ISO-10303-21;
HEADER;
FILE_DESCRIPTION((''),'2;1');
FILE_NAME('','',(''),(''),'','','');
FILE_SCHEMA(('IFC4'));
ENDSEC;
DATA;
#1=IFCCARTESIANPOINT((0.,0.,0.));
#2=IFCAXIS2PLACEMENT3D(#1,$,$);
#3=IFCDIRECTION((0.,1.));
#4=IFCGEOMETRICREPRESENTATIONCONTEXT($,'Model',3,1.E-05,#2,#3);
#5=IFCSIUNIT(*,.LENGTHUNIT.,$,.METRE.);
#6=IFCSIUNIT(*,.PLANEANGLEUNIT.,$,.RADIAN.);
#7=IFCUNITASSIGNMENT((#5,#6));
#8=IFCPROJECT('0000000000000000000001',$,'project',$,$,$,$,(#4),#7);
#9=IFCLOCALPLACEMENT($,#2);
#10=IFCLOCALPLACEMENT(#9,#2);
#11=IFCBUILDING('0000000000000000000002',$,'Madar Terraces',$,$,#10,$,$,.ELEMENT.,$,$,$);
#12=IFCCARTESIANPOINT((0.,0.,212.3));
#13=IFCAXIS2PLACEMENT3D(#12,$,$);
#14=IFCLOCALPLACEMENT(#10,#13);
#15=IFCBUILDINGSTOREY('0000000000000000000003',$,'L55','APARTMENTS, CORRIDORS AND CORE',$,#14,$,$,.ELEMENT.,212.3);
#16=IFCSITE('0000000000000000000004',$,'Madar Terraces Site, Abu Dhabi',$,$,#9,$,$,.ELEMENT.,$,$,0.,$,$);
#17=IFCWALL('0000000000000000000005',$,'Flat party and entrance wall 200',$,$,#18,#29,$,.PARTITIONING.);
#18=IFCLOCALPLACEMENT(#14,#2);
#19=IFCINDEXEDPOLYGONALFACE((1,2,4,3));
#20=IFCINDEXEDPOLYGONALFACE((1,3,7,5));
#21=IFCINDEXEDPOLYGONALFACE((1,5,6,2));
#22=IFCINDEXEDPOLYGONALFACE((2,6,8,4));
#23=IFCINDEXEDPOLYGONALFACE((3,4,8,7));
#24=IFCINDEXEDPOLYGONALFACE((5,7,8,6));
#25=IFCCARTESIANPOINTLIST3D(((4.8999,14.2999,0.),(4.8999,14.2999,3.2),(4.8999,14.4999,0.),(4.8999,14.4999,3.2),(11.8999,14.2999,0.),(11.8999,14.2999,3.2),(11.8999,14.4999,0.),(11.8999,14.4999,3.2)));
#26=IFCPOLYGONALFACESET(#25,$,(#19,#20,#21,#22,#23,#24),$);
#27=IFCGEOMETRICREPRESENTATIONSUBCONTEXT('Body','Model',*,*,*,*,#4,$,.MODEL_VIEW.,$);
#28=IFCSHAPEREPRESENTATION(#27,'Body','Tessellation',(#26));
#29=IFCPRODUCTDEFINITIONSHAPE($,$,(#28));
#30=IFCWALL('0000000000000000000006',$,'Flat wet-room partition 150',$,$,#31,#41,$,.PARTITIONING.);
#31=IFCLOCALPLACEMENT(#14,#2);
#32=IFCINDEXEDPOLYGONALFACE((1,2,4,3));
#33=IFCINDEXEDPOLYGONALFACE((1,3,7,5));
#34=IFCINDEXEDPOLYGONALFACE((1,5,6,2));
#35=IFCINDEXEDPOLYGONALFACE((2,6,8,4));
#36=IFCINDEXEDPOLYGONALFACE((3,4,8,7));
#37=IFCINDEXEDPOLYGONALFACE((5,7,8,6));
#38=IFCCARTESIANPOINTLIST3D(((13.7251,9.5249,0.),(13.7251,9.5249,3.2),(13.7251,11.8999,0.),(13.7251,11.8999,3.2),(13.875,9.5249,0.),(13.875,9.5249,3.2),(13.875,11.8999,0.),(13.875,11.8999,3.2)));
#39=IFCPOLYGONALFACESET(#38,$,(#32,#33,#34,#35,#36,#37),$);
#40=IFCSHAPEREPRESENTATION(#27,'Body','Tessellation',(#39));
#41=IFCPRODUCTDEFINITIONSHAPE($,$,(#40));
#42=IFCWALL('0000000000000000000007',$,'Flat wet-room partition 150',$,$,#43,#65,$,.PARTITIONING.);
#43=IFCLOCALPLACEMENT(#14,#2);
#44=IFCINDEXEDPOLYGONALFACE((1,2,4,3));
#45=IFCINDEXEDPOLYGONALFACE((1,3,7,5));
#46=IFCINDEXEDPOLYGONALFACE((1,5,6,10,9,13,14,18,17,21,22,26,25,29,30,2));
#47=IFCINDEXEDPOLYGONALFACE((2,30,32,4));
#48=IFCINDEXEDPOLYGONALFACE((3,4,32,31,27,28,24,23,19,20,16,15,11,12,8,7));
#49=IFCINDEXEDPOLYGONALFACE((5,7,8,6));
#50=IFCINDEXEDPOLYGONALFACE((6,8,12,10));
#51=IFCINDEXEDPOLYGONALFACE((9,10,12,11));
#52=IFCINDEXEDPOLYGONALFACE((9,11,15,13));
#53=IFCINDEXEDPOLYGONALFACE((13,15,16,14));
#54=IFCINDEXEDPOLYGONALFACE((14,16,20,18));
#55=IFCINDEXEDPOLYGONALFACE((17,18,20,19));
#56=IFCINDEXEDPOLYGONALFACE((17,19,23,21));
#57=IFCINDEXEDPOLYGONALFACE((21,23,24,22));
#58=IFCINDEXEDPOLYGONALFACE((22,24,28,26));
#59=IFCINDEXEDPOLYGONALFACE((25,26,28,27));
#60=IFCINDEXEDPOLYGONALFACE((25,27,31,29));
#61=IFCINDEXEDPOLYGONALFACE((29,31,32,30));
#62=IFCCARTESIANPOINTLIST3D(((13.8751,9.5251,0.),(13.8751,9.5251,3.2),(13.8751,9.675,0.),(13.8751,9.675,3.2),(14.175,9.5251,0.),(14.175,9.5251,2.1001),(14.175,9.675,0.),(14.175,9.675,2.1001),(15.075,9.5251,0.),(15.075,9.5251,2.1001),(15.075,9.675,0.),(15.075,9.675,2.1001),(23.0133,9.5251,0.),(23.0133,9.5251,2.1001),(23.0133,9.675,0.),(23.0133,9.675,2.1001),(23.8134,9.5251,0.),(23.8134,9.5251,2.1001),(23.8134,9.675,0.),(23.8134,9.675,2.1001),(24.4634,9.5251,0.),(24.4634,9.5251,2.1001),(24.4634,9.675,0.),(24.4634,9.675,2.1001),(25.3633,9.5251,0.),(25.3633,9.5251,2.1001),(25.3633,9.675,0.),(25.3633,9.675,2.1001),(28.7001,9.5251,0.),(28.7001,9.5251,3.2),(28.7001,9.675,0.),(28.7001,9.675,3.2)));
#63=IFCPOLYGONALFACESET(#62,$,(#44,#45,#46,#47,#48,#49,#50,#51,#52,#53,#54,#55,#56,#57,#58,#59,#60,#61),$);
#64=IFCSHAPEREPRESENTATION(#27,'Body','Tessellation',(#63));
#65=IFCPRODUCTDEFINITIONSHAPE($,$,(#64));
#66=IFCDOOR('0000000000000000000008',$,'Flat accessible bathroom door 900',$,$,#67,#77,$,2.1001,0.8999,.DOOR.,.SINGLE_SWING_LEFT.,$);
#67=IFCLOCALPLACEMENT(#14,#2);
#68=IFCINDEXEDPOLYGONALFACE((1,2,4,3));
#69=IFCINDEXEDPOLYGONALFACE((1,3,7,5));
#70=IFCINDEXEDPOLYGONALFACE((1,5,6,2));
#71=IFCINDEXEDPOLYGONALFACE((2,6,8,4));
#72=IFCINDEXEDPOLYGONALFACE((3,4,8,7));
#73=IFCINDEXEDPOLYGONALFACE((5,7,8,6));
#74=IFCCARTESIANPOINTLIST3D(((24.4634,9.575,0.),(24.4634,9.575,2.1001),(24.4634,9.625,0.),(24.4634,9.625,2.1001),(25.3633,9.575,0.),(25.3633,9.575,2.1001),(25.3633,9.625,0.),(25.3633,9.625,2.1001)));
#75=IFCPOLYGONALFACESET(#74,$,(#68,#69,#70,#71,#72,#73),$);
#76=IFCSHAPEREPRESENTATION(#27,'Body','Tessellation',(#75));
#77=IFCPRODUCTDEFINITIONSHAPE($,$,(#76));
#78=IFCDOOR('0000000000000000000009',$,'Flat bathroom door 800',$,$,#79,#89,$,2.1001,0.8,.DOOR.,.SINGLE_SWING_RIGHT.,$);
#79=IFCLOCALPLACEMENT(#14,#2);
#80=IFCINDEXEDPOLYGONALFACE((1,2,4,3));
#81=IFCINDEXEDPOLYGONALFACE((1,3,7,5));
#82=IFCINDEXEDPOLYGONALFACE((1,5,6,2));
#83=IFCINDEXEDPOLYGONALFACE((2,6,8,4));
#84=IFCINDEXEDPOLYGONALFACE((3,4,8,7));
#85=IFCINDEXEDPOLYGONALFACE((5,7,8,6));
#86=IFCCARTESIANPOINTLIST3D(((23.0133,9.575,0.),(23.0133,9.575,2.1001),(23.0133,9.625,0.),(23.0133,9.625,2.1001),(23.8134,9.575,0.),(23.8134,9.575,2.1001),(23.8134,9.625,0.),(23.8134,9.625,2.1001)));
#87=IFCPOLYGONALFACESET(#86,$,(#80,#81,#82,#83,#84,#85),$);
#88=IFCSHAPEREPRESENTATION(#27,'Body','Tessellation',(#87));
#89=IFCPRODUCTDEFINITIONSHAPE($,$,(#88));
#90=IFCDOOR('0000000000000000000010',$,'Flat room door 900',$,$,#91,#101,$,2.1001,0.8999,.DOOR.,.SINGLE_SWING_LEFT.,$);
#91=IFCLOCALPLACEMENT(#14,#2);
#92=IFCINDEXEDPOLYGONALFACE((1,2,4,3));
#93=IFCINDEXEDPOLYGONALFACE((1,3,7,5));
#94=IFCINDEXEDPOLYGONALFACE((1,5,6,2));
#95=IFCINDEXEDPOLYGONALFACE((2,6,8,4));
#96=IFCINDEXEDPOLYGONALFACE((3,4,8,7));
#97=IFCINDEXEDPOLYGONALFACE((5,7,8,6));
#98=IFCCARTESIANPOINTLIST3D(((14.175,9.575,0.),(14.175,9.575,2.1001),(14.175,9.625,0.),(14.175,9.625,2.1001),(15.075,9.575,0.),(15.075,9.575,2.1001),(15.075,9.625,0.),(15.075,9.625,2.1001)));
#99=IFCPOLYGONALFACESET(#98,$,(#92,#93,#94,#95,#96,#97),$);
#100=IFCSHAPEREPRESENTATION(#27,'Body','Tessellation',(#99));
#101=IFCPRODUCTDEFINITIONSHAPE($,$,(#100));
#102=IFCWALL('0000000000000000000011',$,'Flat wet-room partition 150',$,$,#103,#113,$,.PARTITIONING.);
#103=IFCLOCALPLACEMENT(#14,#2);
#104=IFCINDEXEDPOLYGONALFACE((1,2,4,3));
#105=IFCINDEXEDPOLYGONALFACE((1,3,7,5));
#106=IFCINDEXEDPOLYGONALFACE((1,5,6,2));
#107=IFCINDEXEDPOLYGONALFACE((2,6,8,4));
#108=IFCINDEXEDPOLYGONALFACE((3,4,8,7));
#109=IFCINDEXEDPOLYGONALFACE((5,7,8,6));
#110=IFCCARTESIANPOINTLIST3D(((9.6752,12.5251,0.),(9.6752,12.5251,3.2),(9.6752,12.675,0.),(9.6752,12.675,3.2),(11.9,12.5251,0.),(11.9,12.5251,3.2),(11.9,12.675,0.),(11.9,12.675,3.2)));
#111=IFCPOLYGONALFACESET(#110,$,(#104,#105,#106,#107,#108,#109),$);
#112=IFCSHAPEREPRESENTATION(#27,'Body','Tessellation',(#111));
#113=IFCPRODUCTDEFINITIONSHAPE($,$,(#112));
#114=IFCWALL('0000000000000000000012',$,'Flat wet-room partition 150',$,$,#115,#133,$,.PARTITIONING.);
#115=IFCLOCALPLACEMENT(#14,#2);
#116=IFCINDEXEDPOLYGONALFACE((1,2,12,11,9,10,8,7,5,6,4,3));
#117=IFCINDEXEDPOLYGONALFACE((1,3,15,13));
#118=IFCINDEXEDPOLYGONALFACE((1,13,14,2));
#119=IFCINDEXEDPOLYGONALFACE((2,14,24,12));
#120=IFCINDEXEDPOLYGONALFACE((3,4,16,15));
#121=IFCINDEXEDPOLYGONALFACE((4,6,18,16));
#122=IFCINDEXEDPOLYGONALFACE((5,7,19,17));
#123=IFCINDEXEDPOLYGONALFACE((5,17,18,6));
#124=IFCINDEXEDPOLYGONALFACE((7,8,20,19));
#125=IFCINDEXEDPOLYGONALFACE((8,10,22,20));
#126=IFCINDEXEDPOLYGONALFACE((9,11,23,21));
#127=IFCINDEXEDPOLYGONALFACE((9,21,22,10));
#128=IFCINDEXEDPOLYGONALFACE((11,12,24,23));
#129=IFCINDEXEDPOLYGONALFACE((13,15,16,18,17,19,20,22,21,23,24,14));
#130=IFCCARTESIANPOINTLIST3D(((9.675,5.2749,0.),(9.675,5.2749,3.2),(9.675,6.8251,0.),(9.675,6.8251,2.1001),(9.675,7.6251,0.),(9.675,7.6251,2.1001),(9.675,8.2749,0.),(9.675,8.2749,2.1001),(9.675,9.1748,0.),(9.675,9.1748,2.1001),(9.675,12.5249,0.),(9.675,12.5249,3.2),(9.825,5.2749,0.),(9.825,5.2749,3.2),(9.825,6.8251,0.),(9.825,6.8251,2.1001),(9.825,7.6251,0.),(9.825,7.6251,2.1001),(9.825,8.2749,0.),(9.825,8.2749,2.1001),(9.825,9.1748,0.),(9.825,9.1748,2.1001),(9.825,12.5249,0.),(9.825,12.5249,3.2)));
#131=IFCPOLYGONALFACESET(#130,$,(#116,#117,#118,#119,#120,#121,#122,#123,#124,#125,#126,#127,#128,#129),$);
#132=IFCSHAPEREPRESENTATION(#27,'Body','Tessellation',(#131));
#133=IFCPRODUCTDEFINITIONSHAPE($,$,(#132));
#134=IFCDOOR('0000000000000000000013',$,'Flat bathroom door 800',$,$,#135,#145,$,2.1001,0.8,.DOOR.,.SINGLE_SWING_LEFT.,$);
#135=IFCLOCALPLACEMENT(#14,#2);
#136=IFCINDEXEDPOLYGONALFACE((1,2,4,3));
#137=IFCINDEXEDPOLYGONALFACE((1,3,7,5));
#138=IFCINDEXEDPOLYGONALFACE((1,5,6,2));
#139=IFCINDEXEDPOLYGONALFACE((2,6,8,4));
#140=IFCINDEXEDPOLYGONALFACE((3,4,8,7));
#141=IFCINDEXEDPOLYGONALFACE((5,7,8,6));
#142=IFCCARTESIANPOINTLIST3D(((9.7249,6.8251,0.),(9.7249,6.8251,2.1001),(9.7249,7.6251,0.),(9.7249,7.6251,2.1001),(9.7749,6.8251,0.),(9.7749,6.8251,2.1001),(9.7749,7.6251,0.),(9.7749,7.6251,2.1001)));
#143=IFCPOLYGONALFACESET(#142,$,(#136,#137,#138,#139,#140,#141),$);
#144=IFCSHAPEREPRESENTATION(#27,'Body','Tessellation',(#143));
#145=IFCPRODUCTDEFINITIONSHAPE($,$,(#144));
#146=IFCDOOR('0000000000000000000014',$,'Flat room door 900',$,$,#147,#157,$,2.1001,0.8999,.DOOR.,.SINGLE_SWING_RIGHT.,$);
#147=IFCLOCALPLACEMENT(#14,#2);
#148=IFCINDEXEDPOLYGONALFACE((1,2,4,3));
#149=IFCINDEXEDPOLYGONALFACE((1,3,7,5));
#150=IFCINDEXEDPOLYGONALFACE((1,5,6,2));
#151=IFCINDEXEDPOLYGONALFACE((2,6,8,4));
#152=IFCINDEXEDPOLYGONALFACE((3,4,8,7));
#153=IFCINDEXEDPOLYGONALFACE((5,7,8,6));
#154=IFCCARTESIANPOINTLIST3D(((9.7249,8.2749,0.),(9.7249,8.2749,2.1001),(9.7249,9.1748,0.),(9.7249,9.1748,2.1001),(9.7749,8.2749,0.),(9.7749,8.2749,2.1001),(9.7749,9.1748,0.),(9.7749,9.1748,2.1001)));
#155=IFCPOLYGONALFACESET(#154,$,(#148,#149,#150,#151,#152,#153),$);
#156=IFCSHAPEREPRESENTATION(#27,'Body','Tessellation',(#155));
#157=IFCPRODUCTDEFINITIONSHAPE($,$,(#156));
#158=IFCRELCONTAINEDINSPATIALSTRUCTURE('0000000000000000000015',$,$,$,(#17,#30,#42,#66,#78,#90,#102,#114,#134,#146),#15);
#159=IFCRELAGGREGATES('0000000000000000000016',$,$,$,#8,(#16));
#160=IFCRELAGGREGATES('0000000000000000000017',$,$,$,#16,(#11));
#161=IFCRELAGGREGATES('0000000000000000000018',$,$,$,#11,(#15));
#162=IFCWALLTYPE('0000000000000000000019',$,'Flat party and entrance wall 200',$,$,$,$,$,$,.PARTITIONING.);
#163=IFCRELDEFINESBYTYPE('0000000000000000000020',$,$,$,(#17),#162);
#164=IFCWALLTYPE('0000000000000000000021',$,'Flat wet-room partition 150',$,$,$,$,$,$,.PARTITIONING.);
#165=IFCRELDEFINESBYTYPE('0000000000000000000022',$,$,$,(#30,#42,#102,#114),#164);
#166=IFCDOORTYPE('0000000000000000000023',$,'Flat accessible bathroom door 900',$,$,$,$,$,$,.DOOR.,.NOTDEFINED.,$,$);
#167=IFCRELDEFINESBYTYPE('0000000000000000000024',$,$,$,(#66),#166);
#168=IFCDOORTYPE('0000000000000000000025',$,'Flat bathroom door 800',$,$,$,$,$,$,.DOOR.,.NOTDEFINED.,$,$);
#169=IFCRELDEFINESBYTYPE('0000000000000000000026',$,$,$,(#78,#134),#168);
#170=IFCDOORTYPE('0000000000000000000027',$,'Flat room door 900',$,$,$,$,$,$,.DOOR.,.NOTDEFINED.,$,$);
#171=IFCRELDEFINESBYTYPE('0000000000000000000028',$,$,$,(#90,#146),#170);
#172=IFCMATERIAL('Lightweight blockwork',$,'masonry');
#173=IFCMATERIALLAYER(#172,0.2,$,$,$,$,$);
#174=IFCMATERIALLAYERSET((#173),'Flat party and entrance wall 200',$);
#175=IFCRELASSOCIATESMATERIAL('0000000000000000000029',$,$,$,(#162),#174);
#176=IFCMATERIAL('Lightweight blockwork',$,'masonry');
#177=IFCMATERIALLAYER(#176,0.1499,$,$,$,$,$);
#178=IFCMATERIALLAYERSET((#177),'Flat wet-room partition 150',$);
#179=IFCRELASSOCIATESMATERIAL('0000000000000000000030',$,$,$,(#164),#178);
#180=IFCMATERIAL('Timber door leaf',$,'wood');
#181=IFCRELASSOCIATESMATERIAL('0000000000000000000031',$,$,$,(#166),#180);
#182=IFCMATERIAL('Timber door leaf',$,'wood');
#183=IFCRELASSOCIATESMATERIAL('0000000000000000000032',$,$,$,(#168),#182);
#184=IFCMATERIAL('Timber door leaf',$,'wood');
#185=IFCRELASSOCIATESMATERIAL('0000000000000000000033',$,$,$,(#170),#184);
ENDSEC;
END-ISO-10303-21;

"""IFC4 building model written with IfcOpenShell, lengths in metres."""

from ifc_helpers import new_model, si_unit, direction, frame, frame_2d, origin, place, context, subcontext, project, spatial, rectangle, extrude, material, layer, layer_set, type_object, element, fill, save


model = new_model("IFC4")

# Units and contexts
model_context = context("Model", 3, precision=1e-05, world=origin(), true_north=direction((0.0, 1.0)))
body_context = subcontext(model_context, "Body", "Model", "MODEL_VIEW")
ifc_project = project(units=[si_unit("LENGTHUNIT", "METRE"), si_unit("PLANEANGLEUNIT", "RADIAN")], contexts=[model_context])

# Site, building, storey
site_placement = place(None, origin())
site = spatial("IfcSite", under=ifc_project, at=site_placement, Name="Madar Terraces Site, Abu Dhabi", CompositionType="ELEMENT", RefElevation=0.0)
building_placement = place(site_placement, origin())
building = spatial("IfcBuilding", under=site, at=building_placement, Name="Madar Terraces", CompositionType="ELEMENT")
storey_placement = place(building_placement, frame((0.0, 0.0, 212.3)))
storey = spatial("IfcBuildingStorey", under=building, at=storey_placement, Name="L55", Description="APARTMENTS, CORRIDORS AND CORE", CompositionType="ELEMENT", Elevation=212.3)

# Shared definitions
ifc_material_1 = material(Name="Lightweight blockwork", Category="masonry")
ifc_layer_1 = layer(ifc_material_1, 0.2)
ifc_layer_set_1 = layer_set([ifc_layer_1], Name="Flat party and entrance wall 200")
wall_type_1 = type_object("IfcWallType", Name="Flat party and entrance wall 200", PredefinedType="PARTITIONING", material=ifc_layer_set_1)

# Walls
wall_1_placement = place(storey_placement, frame((4.8999, 14.3999, 0.0), z_axis=(0.0, 0.0, 1.0), x_axis=(1.0, 0.0, 0.0)))
element("IfcWall", 1, at=wall_1_placement, inside=storey, type_object=wall_type_1, Name="Flat party and entrance wall 200", PredefinedType="PARTITIONING", context=body_context, shape_type="SweptSolid", body=[
    extrude(rectangle(XDim=7.0, YDim=0.2, at=frame_2d((3.5, 0.0))), origin(), (0.0, 0.0, 1.0), 3.2),
])
ifc_material_2 = material(Name="Lightweight blockwork", Category="masonry")
ifc_layer_2 = layer(ifc_material_2, 0.1499)
ifc_layer_set_2 = layer_set([ifc_layer_2], Name="Flat wet-room partition 150")
wall_type_2 = type_object("IfcWallType", Name="Flat wet-room partition 150", PredefinedType="PARTITIONING", material=ifc_layer_set_2)
wall_2_placement = place(storey_placement, frame((13.8, 11.8999, 0.0), z_axis=(0.0, 0.0, 1.0), x_axis=(0.0, -1.0, 0.0)))
element("IfcWall", 2, at=wall_2_placement, inside=storey, type_object=wall_type_2, Name="Flat wet-room partition 150", PredefinedType="PARTITIONING", context=body_context, shape_type="SweptSolid", body=[
    extrude(rectangle(XDim=2.375, YDim=0.1499, at=frame_2d((1.1875, 0.0))), origin(), (0.0, 0.0, 1.0), 3.2),
])

# Wall, openings, doors
wall_3_placement = place(storey_placement, frame((13.875, 9.6001, 0.0), z_axis=(0.0, 0.0, 1.0), x_axis=(1.0, 0.0, 0.0)))
wall_3 = element("IfcWall", 3, at=wall_3_placement, inside=storey, type_object=wall_type_2, Name="Flat wet-room partition 150", PredefinedType="PARTITIONING", context=body_context, shape_type="SweptSolid", body=[
    extrude(rectangle(XDim=14.825, YDim=0.1499, at=frame_2d((7.4126, 0.0))), origin(), (0.0, 0.0, 1.0), 3.2),
])
opening_1_placement = place(wall_3_placement, frame((0.3, 0.0, 0.0)))
opening_1 = element("IfcOpeningElement", 4, at=opening_1_placement, cuts=wall_3, PredefinedType="OPENING", context=body_context, shape_type="SweptSolid", body=[
    extrude(rectangle(XDim=0.8999, YDim=2.1001, at=frame_2d((0.45, 1.05))), frame((0.0, 0.085, 0.0), z_axis=(0.0, -1.0, 0.0), x_axis=(1.0, 0.0, 0.0)), (0.0, 0.0, 1.0), 0.1699),
])
opening_2_placement = place(wall_3_placement, frame((9.1384, 0.0, 0.0)))
opening_2 = element("IfcOpeningElement", 5, at=opening_2_placement, cuts=wall_3, PredefinedType="OPENING", context=body_context, shape_type="SweptSolid", body=[
    extrude(rectangle(XDim=0.8, YDim=2.1001, at=frame_2d((0.3999, 1.05))), frame((0.0, 0.085, 0.0), z_axis=(0.0, -1.0, 0.0), x_axis=(1.0, 0.0, 0.0)), (0.0, 0.0, 1.0), 0.1699),
])
opening_3_placement = place(wall_3_placement, frame((10.5884, 0.0, 0.0)))
opening_3 = element("IfcOpeningElement", 6, at=opening_3_placement, cuts=wall_3, PredefinedType="OPENING", context=body_context, shape_type="SweptSolid", body=[
    extrude(rectangle(XDim=0.8999, YDim=2.1001, at=frame_2d((0.45, 1.05))), frame((0.0, 0.085, 0.0), z_axis=(0.0, -1.0, 0.0), x_axis=(1.0, 0.0, 0.0)), (0.0, 0.0, 1.0), 0.1699),
])
ifc_material_3 = material(Name="Timber door leaf", Category="wood")
door_type_1 = type_object("IfcDoorType", Name="Flat accessible bathroom door 900", OperationType="NOTDEFINED", PredefinedType="DOOR", material=ifc_material_3)
door_1_placement = place(opening_3_placement, origin())
door_1 = element("IfcDoor", 7, at=door_1_placement, inside=storey, type_object=door_type_1, Name="Flat accessible bathroom door 900", OperationType="SINGLE_SWING_LEFT", OverallHeight=2.1001, OverallWidth=0.8999, PredefinedType="DOOR", context=body_context, shape_type="SweptSolid", body=[
    extrude(rectangle(XDim=0.8999, YDim=2.1001, at=frame_2d((0.45, 1.05))), frame((0.0, 0.0249, 0.0), z_axis=(0.0, -1.0, 0.0), x_axis=(1.0, 0.0, 0.0)), (0.0, 0.0, 1.0), 0.05),
])
fill(opening_3, door_1)
ifc_material_4 = material(Name="Timber door leaf", Category="wood")
door_type_2 = type_object("IfcDoorType", Name="Flat bathroom door 800", OperationType="NOTDEFINED", PredefinedType="DOOR", material=ifc_material_4)
door_2_placement = place(opening_2_placement, origin())
door_2 = element("IfcDoor", 8, at=door_2_placement, inside=storey, type_object=door_type_2, Name="Flat bathroom door 800", OperationType="SINGLE_SWING_RIGHT", OverallHeight=2.1001, OverallWidth=0.8, PredefinedType="DOOR", context=body_context, shape_type="SweptSolid", body=[
    extrude(rectangle(XDim=0.8, YDim=2.1001, at=frame_2d((0.3999, 1.05))), frame((0.0, 0.0249, 0.0), z_axis=(0.0, -1.0, 0.0), x_axis=(1.0, 0.0, 0.0)), (0.0, 0.0, 1.0), 0.05),
])
fill(opening_2, door_2)
ifc_material_5 = material(Name="Timber door leaf", Category="wood")
door_type_3 = type_object("IfcDoorType", Name="Flat room door 900", OperationType="NOTDEFINED", PredefinedType="DOOR", material=ifc_material_5)
door_3_placement = place(opening_1_placement, origin())
door_3 = element("IfcDoor", 9, at=door_3_placement, inside=storey, type_object=door_type_3, Name="Flat room door 900", OperationType="SINGLE_SWING_LEFT", OverallHeight=2.1001, OverallWidth=0.8999, PredefinedType="DOOR", context=body_context, shape_type="SweptSolid", body=[
    extrude(rectangle(XDim=0.8999, YDim=2.1001, at=frame_2d((0.45, 1.05))), frame((0.0, 0.0249, 0.0), z_axis=(0.0, -1.0, 0.0), x_axis=(1.0, 0.0, 0.0)), (0.0, 0.0, 1.0), 0.05),
])
fill(opening_1, door_3)

# Wall
wall_4_placement = place(storey_placement, frame((11.8999, 12.6001, 0.0), z_axis=(0.0, 0.0, 1.0), x_axis=(-1.0, 0.0, 0.0)))
element("IfcWall", 10, at=wall_4_placement, inside=storey, type_object=wall_type_2, Name="Flat wet-room partition 150", PredefinedType="PARTITIONING", context=body_context, shape_type="SweptSolid", body=[
    extrude(rectangle(XDim=2.2249, YDim=0.1499, at=frame_2d((1.1123, 0.0))), origin(), (0.0, 0.0, 1.0), 3.2),
])

# Wall, openings, doors
wall_5_placement = place(storey_placement, frame((9.75, 12.5249, 0.0), z_axis=(0.0, 0.0, 1.0), x_axis=(0.0, -1.0, 0.0)))
wall_5 = element("IfcWall", 11, at=wall_5_placement, inside=storey, type_object=wall_type_2, Name="Flat wet-room partition 150", PredefinedType="PARTITIONING", context=body_context, shape_type="SweptSolid", body=[
    extrude(rectangle(XDim=7.25, YDim=0.1499, at=frame_2d((3.625, 0.0))), origin(), (0.0, 0.0, 1.0), 3.2),
])
opening_4_placement = place(wall_5_placement, frame((3.3501, 0.0, 0.0)))
opening_4 = element("IfcOpeningElement", 12, at=opening_4_placement, cuts=wall_5, PredefinedType="OPENING", context=body_context, shape_type="SweptSolid", body=[
    extrude(rectangle(XDim=0.8999, YDim=2.1001, at=frame_2d((0.45, 1.05))), frame((0.0, 0.085, 0.0), z_axis=(0.0, -1.0, 0.0), x_axis=(1.0, 0.0, 0.0)), (0.0, 0.0, 1.0), 0.1699),
])
opening_5_placement = place(wall_5_placement, frame((4.8999, 0.0, 0.0)))
opening_5 = element("IfcOpeningElement", 13, at=opening_5_placement, cuts=wall_5, PredefinedType="OPENING", context=body_context, shape_type="SweptSolid", body=[
    extrude(rectangle(XDim=0.8, YDim=2.1001, at=frame_2d((0.3999, 1.05))), frame((0.0, 0.085, 0.0), z_axis=(0.0, -1.0, 0.0), x_axis=(1.0, 0.0, 0.0)), (0.0, 0.0, 1.0), 0.1699),
])
door_4_placement = place(opening_5_placement, origin())
door_4 = element("IfcDoor", 14, at=door_4_placement, inside=storey, type_object=door_type_2, Name="Flat bathroom door 800", OperationType="SINGLE_SWING_LEFT", OverallHeight=2.1001, OverallWidth=0.8, PredefinedType="DOOR", context=body_context, shape_type="SweptSolid", body=[
    extrude(rectangle(XDim=0.8, YDim=2.1001, at=frame_2d((0.3999, 1.05))), frame((0.0, 0.0249, 0.0), z_axis=(0.0, -1.0, 0.0), x_axis=(1.0, 0.0, 0.0)), (0.0, 0.0, 1.0), 0.05),
])
fill(opening_5, door_4)
door_5_placement = place(opening_4_placement, origin())
door_5 = element("IfcDoor", 15, at=door_5_placement, inside=storey, type_object=door_type_3, Name="Flat room door 900", OperationType="SINGLE_SWING_RIGHT", OverallHeight=2.1001, OverallWidth=0.8999, PredefinedType="DOOR", context=body_context, shape_type="SweptSolid", body=[
    extrude(rectangle(XDim=0.8999, YDim=2.1001, at=frame_2d((0.45, 1.05))), frame((0.0, 0.0249, 0.0), z_axis=(0.0, -1.0, 0.0), x_axis=(1.0, 0.0, 0.0)), (0.0, 0.0, 1.0), 0.05),
])
fill(opening_4, door_5)

save(model, "model.ifc")
